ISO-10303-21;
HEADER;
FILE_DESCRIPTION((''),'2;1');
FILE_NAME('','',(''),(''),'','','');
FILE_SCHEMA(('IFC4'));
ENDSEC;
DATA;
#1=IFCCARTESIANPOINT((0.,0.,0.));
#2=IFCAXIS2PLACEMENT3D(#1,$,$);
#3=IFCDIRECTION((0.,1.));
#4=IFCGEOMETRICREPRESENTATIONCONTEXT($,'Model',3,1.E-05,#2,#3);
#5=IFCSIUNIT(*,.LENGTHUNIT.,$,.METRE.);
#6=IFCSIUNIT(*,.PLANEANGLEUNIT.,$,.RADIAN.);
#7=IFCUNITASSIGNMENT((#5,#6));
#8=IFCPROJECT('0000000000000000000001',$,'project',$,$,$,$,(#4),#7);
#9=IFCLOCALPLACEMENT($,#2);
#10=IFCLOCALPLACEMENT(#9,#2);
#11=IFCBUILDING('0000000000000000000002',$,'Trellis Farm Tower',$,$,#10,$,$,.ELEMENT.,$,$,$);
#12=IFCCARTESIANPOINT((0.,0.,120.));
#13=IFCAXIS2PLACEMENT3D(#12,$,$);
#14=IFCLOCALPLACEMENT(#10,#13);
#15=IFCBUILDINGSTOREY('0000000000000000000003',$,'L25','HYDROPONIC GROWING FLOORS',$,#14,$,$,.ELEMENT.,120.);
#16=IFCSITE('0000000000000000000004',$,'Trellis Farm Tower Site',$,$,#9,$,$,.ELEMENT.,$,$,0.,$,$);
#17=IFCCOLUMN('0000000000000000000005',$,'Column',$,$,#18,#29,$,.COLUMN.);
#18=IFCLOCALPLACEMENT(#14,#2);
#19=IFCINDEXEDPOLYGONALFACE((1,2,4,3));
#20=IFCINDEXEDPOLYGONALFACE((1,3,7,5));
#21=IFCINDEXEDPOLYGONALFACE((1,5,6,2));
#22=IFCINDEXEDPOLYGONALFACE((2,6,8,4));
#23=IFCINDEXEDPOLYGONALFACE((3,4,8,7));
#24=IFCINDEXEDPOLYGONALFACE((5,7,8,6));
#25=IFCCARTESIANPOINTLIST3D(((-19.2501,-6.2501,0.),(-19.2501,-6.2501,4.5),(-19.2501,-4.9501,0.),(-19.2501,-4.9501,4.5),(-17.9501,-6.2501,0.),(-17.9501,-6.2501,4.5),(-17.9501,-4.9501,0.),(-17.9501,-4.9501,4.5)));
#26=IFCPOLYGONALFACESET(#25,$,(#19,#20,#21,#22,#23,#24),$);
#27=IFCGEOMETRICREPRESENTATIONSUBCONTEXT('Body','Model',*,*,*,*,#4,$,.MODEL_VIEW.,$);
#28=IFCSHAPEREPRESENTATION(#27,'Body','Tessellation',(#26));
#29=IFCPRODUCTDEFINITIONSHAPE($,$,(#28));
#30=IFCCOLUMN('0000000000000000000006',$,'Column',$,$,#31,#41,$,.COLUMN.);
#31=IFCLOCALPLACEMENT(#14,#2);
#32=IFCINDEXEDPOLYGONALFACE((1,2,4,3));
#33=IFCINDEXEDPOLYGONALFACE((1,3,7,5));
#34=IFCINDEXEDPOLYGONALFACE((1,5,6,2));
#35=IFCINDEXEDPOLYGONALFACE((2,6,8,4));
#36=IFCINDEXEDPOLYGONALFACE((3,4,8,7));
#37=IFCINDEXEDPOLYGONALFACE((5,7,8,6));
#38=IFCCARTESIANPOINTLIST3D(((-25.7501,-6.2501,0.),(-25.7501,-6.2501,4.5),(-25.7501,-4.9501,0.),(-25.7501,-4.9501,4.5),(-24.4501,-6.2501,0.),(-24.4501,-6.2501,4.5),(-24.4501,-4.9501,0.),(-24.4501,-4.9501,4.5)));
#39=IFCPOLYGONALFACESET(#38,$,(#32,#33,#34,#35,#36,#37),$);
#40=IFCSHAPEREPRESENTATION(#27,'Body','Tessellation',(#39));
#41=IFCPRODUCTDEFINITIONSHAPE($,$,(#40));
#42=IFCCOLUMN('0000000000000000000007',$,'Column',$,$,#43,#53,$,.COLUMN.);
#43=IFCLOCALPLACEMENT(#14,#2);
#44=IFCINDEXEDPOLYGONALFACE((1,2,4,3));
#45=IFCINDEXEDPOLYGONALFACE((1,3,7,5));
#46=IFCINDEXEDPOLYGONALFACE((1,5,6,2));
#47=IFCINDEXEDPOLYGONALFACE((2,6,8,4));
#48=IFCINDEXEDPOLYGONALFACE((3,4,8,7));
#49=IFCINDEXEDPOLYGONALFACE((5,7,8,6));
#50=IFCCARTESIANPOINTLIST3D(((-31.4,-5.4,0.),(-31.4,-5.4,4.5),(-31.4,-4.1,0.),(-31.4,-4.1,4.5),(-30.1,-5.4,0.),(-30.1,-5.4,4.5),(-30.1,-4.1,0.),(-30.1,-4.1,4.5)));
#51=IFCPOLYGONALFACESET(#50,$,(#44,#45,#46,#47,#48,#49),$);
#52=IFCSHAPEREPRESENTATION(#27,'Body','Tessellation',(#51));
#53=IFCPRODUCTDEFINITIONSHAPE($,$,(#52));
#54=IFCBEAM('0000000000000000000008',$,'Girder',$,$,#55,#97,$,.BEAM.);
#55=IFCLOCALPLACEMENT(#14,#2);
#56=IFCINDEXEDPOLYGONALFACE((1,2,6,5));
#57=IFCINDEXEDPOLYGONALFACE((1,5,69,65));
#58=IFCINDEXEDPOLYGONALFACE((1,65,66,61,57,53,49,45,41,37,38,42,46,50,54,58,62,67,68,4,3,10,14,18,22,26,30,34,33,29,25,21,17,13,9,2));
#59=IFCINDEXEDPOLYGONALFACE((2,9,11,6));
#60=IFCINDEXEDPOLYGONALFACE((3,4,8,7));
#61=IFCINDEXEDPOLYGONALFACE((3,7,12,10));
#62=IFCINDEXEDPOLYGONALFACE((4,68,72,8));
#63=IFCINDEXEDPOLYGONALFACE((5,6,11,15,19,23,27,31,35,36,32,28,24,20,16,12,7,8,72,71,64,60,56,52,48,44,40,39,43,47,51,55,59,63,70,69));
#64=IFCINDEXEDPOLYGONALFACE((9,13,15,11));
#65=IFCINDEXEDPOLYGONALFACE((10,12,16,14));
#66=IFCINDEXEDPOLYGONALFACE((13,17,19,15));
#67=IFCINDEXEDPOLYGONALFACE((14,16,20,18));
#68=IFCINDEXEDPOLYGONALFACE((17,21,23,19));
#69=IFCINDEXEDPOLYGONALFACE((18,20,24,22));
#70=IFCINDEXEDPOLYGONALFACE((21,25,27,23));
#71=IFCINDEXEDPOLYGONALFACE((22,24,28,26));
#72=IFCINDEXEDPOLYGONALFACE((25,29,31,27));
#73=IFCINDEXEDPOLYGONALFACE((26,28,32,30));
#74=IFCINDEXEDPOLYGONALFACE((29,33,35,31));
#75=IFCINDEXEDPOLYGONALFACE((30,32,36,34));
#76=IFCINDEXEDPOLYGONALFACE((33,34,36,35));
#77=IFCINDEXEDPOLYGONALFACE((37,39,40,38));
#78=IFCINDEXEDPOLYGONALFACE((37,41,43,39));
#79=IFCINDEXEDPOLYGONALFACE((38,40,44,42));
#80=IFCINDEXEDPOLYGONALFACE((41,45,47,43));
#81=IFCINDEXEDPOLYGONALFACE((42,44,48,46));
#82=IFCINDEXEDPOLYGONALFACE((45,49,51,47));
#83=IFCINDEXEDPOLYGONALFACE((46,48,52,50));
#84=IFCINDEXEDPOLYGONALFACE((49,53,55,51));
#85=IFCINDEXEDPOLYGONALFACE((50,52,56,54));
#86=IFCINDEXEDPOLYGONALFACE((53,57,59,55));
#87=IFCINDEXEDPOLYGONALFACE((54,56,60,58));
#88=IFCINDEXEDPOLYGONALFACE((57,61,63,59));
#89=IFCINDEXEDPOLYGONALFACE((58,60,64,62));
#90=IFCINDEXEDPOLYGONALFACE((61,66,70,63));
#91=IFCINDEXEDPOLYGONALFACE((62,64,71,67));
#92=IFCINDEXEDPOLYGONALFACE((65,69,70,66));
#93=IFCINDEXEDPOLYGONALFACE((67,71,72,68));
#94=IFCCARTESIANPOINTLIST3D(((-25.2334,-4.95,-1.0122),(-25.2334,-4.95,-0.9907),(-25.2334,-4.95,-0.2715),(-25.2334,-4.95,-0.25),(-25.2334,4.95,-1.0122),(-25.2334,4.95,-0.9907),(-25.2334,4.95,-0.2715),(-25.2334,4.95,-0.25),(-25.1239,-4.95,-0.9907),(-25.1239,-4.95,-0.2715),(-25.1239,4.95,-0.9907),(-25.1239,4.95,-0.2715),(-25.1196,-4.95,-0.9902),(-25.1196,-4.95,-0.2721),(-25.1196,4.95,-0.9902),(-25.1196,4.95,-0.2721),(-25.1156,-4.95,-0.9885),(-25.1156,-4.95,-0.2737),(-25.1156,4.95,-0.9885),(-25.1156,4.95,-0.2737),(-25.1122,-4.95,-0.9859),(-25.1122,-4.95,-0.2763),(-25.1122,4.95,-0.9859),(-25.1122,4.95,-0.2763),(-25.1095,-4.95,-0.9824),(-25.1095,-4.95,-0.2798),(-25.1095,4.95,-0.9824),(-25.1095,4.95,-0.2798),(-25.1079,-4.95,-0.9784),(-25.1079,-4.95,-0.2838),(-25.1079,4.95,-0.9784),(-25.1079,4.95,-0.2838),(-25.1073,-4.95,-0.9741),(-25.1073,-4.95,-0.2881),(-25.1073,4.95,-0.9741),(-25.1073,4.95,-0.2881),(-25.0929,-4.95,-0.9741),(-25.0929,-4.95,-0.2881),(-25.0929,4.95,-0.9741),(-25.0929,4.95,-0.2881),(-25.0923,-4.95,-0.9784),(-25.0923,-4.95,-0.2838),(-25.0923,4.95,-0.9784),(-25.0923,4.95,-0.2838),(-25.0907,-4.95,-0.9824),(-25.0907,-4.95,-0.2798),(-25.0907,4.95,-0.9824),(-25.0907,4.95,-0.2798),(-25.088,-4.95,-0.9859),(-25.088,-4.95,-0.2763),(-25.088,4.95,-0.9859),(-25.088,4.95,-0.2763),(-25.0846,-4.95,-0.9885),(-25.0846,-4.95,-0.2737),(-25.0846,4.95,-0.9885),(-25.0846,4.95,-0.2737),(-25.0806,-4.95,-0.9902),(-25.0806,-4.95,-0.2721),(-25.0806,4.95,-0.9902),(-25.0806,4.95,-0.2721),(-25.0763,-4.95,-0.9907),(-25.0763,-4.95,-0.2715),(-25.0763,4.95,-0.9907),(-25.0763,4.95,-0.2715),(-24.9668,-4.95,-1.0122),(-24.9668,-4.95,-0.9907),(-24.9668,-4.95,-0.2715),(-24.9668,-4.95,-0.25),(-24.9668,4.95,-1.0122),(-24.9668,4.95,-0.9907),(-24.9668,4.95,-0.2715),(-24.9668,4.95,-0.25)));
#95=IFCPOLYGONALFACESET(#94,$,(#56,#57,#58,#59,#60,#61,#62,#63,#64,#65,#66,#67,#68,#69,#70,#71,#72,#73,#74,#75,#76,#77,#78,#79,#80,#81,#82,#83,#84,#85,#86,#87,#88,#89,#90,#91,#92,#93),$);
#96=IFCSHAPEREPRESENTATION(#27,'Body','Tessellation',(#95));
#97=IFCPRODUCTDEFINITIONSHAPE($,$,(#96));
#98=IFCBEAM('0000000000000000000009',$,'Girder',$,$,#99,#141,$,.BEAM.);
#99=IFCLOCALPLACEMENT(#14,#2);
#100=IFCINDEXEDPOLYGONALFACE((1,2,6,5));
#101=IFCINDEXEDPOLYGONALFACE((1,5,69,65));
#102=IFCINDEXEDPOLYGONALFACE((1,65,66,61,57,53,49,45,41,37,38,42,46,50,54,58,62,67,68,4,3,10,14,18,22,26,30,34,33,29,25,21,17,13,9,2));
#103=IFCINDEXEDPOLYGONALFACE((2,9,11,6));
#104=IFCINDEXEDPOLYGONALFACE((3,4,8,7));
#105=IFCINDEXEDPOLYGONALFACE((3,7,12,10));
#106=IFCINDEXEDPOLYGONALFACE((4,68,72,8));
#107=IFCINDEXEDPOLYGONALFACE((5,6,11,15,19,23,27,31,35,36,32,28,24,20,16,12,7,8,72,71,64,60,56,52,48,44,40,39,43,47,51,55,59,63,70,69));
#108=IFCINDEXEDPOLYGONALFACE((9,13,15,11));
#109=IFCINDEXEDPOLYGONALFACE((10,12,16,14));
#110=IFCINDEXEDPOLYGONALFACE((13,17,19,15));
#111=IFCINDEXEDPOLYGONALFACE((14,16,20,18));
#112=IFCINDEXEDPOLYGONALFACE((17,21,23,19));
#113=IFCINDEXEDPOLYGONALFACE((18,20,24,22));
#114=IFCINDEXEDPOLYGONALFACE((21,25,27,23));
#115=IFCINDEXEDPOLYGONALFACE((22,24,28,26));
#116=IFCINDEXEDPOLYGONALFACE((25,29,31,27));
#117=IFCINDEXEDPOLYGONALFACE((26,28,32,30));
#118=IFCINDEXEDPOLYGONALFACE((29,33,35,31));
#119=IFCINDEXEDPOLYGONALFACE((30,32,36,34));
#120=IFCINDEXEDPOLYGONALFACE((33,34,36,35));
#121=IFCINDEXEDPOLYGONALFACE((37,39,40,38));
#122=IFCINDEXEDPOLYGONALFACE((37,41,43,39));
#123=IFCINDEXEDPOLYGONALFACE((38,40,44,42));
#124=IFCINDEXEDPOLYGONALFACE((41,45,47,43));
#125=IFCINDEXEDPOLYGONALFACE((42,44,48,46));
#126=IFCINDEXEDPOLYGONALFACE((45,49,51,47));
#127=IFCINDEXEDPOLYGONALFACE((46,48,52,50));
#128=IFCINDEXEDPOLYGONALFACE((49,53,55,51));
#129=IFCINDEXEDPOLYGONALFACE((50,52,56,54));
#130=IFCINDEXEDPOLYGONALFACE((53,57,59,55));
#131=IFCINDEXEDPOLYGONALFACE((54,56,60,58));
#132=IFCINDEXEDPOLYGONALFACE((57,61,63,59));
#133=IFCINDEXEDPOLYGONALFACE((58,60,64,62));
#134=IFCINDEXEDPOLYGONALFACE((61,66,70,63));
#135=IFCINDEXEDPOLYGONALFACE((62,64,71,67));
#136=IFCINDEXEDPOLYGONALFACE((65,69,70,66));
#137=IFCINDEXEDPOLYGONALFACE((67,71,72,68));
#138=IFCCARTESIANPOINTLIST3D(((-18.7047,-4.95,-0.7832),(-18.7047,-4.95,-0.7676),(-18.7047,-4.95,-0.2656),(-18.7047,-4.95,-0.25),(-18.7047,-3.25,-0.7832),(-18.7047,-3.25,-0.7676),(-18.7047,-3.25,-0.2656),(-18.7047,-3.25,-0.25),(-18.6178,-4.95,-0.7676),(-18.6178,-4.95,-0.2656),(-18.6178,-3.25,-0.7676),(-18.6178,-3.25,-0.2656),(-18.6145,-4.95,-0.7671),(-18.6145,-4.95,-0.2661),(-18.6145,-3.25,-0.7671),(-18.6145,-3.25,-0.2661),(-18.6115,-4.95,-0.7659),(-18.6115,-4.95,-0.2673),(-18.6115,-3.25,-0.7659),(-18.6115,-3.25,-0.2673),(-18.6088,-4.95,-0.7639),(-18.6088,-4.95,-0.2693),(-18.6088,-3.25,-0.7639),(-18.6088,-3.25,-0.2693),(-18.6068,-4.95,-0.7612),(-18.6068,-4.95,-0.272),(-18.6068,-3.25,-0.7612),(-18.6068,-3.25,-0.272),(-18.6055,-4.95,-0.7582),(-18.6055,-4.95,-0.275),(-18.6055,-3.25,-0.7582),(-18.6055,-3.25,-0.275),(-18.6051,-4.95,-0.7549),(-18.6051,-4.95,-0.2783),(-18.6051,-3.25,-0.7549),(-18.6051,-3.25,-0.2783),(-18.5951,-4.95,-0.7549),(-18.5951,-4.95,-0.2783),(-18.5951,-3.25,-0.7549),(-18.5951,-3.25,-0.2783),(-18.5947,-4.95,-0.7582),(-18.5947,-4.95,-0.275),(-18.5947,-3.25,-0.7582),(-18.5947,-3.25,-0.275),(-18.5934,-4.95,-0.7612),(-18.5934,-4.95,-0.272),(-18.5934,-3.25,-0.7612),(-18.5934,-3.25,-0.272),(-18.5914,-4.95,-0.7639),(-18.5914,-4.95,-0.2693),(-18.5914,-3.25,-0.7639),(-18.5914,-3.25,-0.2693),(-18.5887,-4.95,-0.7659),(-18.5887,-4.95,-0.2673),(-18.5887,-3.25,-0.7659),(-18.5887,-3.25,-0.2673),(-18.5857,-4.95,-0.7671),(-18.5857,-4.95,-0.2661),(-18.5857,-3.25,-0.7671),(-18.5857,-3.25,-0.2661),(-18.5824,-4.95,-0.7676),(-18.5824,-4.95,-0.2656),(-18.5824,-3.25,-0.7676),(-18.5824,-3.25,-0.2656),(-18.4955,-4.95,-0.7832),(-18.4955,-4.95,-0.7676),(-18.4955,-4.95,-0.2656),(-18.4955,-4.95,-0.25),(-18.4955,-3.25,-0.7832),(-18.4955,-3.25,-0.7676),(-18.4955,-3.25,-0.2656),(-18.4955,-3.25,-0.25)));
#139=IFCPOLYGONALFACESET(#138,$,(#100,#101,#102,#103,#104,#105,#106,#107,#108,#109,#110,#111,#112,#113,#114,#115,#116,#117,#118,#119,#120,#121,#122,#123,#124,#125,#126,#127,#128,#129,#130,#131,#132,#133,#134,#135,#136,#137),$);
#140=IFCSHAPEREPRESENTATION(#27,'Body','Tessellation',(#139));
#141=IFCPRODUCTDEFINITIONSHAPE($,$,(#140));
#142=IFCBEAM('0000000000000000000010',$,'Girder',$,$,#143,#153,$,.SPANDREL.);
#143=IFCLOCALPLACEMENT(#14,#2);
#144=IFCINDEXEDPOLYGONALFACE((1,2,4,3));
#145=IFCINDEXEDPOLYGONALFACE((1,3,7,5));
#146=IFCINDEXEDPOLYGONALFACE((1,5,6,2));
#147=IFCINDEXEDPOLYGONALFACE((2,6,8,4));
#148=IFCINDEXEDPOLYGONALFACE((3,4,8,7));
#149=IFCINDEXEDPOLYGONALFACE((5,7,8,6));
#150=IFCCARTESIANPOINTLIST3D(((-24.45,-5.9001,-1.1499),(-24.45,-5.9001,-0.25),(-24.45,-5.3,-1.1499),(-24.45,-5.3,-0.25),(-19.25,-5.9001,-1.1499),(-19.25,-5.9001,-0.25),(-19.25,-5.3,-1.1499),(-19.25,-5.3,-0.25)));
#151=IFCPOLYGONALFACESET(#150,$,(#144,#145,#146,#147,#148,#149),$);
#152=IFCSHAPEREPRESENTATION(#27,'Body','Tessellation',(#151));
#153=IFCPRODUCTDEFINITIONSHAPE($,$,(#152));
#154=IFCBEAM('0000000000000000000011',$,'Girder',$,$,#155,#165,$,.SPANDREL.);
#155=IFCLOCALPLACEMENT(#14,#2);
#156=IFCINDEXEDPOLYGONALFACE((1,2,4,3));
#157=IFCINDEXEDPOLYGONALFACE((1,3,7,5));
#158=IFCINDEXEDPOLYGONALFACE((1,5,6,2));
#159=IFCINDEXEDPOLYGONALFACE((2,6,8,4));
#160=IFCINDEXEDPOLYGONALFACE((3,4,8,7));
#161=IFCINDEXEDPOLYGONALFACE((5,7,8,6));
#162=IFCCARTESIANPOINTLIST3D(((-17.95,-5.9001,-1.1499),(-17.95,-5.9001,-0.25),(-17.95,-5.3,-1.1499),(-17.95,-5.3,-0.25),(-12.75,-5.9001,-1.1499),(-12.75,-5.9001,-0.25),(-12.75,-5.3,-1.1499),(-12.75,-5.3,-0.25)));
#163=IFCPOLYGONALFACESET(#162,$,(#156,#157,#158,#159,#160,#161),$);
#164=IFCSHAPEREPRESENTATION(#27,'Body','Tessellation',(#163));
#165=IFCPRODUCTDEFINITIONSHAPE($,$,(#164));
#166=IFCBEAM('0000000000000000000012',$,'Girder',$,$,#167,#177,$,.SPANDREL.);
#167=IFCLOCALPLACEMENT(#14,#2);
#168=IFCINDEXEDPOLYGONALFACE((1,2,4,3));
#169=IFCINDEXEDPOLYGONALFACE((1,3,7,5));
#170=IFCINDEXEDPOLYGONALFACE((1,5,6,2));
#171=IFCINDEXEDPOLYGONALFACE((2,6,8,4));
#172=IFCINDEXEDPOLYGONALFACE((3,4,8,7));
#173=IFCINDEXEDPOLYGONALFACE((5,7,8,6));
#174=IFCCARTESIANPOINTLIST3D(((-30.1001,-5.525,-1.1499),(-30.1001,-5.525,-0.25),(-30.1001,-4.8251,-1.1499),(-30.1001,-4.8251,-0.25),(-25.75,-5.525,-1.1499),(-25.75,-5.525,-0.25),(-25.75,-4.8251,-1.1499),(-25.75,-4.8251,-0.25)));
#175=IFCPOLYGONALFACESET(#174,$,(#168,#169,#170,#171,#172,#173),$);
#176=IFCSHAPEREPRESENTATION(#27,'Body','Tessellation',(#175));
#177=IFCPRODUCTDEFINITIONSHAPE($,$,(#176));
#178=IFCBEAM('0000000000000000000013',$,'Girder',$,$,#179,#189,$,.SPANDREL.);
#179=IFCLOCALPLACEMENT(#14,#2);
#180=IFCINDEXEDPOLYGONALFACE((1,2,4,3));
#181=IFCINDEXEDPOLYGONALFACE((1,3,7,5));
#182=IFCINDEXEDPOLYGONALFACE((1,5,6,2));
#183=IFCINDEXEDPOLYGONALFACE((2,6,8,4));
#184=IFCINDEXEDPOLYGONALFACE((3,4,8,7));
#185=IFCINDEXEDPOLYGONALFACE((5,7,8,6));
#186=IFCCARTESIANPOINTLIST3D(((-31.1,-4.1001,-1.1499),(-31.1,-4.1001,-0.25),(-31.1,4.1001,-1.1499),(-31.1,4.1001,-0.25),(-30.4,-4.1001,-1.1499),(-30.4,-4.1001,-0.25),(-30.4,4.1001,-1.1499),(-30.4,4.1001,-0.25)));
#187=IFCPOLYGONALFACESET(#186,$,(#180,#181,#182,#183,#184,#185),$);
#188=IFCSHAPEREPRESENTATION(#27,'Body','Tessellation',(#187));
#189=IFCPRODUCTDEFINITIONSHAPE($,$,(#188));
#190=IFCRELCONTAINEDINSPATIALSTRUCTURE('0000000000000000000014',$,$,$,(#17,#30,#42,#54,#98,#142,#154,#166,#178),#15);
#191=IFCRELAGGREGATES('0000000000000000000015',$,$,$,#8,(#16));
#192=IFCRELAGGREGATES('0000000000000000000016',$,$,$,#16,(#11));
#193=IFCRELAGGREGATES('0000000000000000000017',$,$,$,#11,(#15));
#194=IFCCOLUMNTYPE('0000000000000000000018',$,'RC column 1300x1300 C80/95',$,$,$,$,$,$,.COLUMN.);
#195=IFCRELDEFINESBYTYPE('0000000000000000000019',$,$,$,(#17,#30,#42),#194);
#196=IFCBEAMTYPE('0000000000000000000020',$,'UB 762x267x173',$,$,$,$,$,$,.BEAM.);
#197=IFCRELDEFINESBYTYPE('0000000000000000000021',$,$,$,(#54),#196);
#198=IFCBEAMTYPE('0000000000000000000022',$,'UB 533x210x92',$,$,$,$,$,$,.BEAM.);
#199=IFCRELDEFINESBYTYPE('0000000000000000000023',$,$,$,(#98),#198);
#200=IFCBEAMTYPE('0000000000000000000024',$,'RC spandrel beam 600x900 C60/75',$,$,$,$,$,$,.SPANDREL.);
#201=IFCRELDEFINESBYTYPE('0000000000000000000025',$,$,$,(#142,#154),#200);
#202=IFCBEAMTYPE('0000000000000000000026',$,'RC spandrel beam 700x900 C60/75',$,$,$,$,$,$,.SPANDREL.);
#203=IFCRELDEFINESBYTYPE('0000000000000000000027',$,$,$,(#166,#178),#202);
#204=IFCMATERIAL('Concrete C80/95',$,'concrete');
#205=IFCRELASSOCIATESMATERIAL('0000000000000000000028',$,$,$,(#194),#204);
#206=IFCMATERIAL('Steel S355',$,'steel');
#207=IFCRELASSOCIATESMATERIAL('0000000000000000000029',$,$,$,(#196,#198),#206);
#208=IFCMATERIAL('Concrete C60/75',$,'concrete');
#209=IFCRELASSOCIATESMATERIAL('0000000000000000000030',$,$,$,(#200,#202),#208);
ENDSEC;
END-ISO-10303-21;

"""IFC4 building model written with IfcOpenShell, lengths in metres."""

from ifc_helpers import new_model, si_unit, direction, frame, origin, origin_2d, place, context, subcontext, project, spatial, rectangle, i_section, extrude, source, transform, mapped, material, material_profile, profile_set, type_object, element, save


model = new_model("IFC4")

# Units and contexts
model_context = context("Model", 3, precision=1e-05, world=origin(), true_north=direction((0.0, 1.0)))
body_context = subcontext(model_context, "Body", "Model", "MODEL_VIEW")
ifc_project = project(units=[si_unit("LENGTHUNIT", "METRE"), si_unit("PLANEANGLEUNIT", "RADIAN")], contexts=[model_context])

# Site, building, storey
site_placement = place(None, origin())
site = spatial("IfcSite", under=ifc_project, at=site_placement, Name="Trellis Farm Tower Site", CompositionType="ELEMENT", RefElevation=0.0)
building_placement = place(site_placement, origin())
building = spatial("IfcBuilding", under=site, at=building_placement, Name="Trellis Farm Tower", CompositionType="ELEMENT")
storey_placement = place(building_placement, frame((0.0, 0.0, 120.0)))
storey = spatial("IfcBuildingStorey", under=building, at=storey_placement, Name="L25", Description="HYDROPONIC GROWING FLOORS", CompositionType="ELEMENT", Elevation=120.0)

# Columns
ifc_material_1 = material(Name="Concrete C80/95", Category="concrete")
ifc_material_profile_1 = material_profile(ifc_material_1, rectangle(XDim=1.3, YDim=1.3, at=origin_2d()), Name="RC column 1300x1300 C80/95")
ifc_profile_set_1 = profile_set([ifc_material_profile_1], Name="Concrete C80/95")
column_type = type_object("IfcColumnType", Name="RC column 1300x1300 C80/95", PredefinedType="COLUMN", material=ifc_profile_set_1)
shared_shape_1 = source(origin(), body_context, "Body", "SweptSolid", [
    extrude(rectangle(XDim=1.3, YDim=1.3, at=origin_2d()), origin(), (0.0, 0.0, 1.0), 4.5),
])
for number, where, z_axis, x_axis, name in (
    (1, (-18.6001, -5.6001, 0.0), (0.0, 0.0, 1.0), (1.0, 0.0, 0.0), "Column"),
    (2, (-25.1001, -5.6001, 0.0), (0.0, 0.0, 1.0), (1.0, 0.0, 0.0), "Column"),
    (3, (-30.75, -4.75, 0.0), (0.0, 0.0, 1.0), (1.0, 0.0, 0.0), "Column"),
):
    element("IfcColumn", number, at=place(storey_placement, frame(where, z_axis=z_axis, x_axis=x_axis)), inside=storey, type_object=column_type, Name=name, PredefinedType="COLUMN", context=body_context, shape_type="MappedRepresentation", body=[
        mapped(shared_shape_1, transform((0.0, 0.0, 0.0))),
    ])

# Beams
ifc_material_2 = material(Name="Steel S355", Category="steel")
ifc_material_profile_2 = material_profile(ifc_material_2, i_section(OverallWidth=0.2666, OverallDepth=0.7622, WebThickness=0.0144, FlangeThickness=0.0215, FilletRadius=0.0166, at=origin_2d()), Name="UB 762x267x173")
ifc_profile_set_2 = profile_set([ifc_material_profile_2], Name="Steel S355")
beam_type_1 = type_object("IfcBeamType", Name="UB 762x267x173", PredefinedType="BEAM", material=ifc_profile_set_2)
shared_shape_2 = source(origin(), body_context, "Body", "SweptSolid", [
    extrude(i_section(OverallWidth=0.2666, OverallDepth=0.7622, WebThickness=0.0144, FlangeThickness=0.0215, FilletRadius=0.0166, at=origin_2d()), origin(), (0.0, 0.0, 1.0), 9.8999),
])
beam_1_placement = place(storey_placement, frame((-25.1001, -4.95, -0.6311), z_axis=(0.0, 1.0, 0.0), x_axis=(-1.0, 0.0, 0.0)))
element("IfcBeam", 4, at=beam_1_placement, inside=storey, type_object=beam_type_1, Name="Girder", PredefinedType="BEAM", context=body_context, shape_type="MappedRepresentation", body=[
    mapped(shared_shape_2, transform((0.0, 0.0, 0.0))),
])
ifc_material_profile_3 = material_profile(ifc_material_2, i_section(OverallWidth=0.2092, OverallDepth=0.5332, WebThickness=0.01, FlangeThickness=0.0156, FilletRadius=0.0127, at=origin_2d()), Name="UB 533x210x92")
ifc_profile_set_3 = profile_set([ifc_material_profile_3], Name="Steel S355")
beam_type_2 = type_object("IfcBeamType", Name="UB 533x210x92", PredefinedType="BEAM", material=ifc_profile_set_3)
shared_shape_3 = source(origin(), body_context, "Body", "SweptSolid", [
    extrude(i_section(OverallWidth=0.2092, OverallDepth=0.5332, WebThickness=0.01, FlangeThickness=0.0156, FilletRadius=0.0127, at=origin_2d()), origin(), (0.0, 0.0, 1.0), 1.7),
])
beam_2_placement = place(storey_placement, frame((-18.6001, -4.95, -0.5166), z_axis=(0.0, 1.0, 0.0), x_axis=(-1.0, 0.0, 0.0)))
element("IfcBeam", 5, at=beam_2_placement, inside=storey, type_object=beam_type_2, Name="Girder", PredefinedType="BEAM", context=body_context, shape_type="MappedRepresentation", body=[
    mapped(shared_shape_3, transform((0.0, 0.0, 0.0))),
])
ifc_material_3 = material(Name="Concrete C60/75", Category="concrete")
ifc_material_profile_4 = material_profile(ifc_material_3, rectangle(XDim=0.6001, YDim=0.8999, at=origin_2d()), Name="RC spandrel beam 600x900 C60/75")
ifc_profile_set_4 = profile_set([ifc_material_profile_4], Name="Concrete C60/75")
beam_type_3 = type_object("IfcBeamType", Name="RC spandrel beam 600x900 C60/75", PredefinedType="SPANDREL", material=ifc_profile_set_4)
shared_shape_4 = source(origin(), body_context, "Body", "SweptSolid", [
    extrude(rectangle(XDim=0.6001, YDim=0.8999, at=origin_2d()), origin(), (0.0, 0.0, 1.0), 5.2),
])
for number, where, z_axis, x_axis, name in (
    (6, (-24.45, -5.6001, -0.7), (1.0, 0.0, 0.0), (0.0, 1.0, 0.0), "Girder"),
    (7, (-17.95, -5.6001, -0.7), (1.0, 0.0, 0.0), (0.0, 1.0, 0.0), "Girder"),
):
    element("IfcBeam", number, at=place(storey_placement, frame(where, z_axis=z_axis, x_axis=x_axis)), inside=storey, type_object=beam_type_3, Name=name, PredefinedType="SPANDREL", context=body_context, shape_type="MappedRepresentation", body=[
        mapped(shared_shape_4, transform((0.0, 0.0, 0.0))),
    ])
ifc_material_profile_5 = material_profile(ifc_material_3, rectangle(XDim=0.7, YDim=0.8999, at=origin_2d()), Name="RC spandrel beam 700x900 C60/75")
ifc_profile_set_5 = profile_set([ifc_material_profile_5], Name="Concrete C60/75")
beam_type_4 = type_object("IfcBeamType", Name="RC spandrel beam 700x900 C60/75", PredefinedType="SPANDREL", material=ifc_profile_set_5)
shared_shape_5 = source(origin(), body_context, "Body", "SweptSolid", [
    extrude(rectangle(XDim=0.7, YDim=0.8999, at=origin_2d()), origin(), (0.0, 0.0, 1.0), 4.3501),
])
beam_3_placement = place(storey_placement, frame((-30.1001, -5.175, -0.7), z_axis=(1.0, 0.0, 0.0), x_axis=(0.0, 1.0, 0.0)))
element("IfcBeam", 8, at=beam_3_placement, inside=storey, type_object=beam_type_4, Name="Girder", PredefinedType="SPANDREL", context=body_context, shape_type="MappedRepresentation", body=[
    mapped(shared_shape_5, transform((0.0, 0.0, 0.0))),
])
shared_shape_6 = source(origin(), body_context, "Body", "SweptSolid", [
    extrude(rectangle(XDim=0.7, YDim=0.8999, at=origin_2d()), origin(), (0.0, 0.0, 1.0), 8.2002),
])
beam_4_placement = place(storey_placement, frame((-30.75, -4.1001, -0.7), z_axis=(0.0, 1.0, 0.0), x_axis=(-1.0, 0.0, 0.0)))
element("IfcBeam", 9, at=beam_4_placement, inside=storey, type_object=beam_type_4, Name="Girder", PredefinedType="SPANDREL", context=body_context, shape_type="MappedRepresentation", body=[
    mapped(shared_shape_6, transform((0.0, 0.0, 0.0))),
])

save(model, "model.ifc")
